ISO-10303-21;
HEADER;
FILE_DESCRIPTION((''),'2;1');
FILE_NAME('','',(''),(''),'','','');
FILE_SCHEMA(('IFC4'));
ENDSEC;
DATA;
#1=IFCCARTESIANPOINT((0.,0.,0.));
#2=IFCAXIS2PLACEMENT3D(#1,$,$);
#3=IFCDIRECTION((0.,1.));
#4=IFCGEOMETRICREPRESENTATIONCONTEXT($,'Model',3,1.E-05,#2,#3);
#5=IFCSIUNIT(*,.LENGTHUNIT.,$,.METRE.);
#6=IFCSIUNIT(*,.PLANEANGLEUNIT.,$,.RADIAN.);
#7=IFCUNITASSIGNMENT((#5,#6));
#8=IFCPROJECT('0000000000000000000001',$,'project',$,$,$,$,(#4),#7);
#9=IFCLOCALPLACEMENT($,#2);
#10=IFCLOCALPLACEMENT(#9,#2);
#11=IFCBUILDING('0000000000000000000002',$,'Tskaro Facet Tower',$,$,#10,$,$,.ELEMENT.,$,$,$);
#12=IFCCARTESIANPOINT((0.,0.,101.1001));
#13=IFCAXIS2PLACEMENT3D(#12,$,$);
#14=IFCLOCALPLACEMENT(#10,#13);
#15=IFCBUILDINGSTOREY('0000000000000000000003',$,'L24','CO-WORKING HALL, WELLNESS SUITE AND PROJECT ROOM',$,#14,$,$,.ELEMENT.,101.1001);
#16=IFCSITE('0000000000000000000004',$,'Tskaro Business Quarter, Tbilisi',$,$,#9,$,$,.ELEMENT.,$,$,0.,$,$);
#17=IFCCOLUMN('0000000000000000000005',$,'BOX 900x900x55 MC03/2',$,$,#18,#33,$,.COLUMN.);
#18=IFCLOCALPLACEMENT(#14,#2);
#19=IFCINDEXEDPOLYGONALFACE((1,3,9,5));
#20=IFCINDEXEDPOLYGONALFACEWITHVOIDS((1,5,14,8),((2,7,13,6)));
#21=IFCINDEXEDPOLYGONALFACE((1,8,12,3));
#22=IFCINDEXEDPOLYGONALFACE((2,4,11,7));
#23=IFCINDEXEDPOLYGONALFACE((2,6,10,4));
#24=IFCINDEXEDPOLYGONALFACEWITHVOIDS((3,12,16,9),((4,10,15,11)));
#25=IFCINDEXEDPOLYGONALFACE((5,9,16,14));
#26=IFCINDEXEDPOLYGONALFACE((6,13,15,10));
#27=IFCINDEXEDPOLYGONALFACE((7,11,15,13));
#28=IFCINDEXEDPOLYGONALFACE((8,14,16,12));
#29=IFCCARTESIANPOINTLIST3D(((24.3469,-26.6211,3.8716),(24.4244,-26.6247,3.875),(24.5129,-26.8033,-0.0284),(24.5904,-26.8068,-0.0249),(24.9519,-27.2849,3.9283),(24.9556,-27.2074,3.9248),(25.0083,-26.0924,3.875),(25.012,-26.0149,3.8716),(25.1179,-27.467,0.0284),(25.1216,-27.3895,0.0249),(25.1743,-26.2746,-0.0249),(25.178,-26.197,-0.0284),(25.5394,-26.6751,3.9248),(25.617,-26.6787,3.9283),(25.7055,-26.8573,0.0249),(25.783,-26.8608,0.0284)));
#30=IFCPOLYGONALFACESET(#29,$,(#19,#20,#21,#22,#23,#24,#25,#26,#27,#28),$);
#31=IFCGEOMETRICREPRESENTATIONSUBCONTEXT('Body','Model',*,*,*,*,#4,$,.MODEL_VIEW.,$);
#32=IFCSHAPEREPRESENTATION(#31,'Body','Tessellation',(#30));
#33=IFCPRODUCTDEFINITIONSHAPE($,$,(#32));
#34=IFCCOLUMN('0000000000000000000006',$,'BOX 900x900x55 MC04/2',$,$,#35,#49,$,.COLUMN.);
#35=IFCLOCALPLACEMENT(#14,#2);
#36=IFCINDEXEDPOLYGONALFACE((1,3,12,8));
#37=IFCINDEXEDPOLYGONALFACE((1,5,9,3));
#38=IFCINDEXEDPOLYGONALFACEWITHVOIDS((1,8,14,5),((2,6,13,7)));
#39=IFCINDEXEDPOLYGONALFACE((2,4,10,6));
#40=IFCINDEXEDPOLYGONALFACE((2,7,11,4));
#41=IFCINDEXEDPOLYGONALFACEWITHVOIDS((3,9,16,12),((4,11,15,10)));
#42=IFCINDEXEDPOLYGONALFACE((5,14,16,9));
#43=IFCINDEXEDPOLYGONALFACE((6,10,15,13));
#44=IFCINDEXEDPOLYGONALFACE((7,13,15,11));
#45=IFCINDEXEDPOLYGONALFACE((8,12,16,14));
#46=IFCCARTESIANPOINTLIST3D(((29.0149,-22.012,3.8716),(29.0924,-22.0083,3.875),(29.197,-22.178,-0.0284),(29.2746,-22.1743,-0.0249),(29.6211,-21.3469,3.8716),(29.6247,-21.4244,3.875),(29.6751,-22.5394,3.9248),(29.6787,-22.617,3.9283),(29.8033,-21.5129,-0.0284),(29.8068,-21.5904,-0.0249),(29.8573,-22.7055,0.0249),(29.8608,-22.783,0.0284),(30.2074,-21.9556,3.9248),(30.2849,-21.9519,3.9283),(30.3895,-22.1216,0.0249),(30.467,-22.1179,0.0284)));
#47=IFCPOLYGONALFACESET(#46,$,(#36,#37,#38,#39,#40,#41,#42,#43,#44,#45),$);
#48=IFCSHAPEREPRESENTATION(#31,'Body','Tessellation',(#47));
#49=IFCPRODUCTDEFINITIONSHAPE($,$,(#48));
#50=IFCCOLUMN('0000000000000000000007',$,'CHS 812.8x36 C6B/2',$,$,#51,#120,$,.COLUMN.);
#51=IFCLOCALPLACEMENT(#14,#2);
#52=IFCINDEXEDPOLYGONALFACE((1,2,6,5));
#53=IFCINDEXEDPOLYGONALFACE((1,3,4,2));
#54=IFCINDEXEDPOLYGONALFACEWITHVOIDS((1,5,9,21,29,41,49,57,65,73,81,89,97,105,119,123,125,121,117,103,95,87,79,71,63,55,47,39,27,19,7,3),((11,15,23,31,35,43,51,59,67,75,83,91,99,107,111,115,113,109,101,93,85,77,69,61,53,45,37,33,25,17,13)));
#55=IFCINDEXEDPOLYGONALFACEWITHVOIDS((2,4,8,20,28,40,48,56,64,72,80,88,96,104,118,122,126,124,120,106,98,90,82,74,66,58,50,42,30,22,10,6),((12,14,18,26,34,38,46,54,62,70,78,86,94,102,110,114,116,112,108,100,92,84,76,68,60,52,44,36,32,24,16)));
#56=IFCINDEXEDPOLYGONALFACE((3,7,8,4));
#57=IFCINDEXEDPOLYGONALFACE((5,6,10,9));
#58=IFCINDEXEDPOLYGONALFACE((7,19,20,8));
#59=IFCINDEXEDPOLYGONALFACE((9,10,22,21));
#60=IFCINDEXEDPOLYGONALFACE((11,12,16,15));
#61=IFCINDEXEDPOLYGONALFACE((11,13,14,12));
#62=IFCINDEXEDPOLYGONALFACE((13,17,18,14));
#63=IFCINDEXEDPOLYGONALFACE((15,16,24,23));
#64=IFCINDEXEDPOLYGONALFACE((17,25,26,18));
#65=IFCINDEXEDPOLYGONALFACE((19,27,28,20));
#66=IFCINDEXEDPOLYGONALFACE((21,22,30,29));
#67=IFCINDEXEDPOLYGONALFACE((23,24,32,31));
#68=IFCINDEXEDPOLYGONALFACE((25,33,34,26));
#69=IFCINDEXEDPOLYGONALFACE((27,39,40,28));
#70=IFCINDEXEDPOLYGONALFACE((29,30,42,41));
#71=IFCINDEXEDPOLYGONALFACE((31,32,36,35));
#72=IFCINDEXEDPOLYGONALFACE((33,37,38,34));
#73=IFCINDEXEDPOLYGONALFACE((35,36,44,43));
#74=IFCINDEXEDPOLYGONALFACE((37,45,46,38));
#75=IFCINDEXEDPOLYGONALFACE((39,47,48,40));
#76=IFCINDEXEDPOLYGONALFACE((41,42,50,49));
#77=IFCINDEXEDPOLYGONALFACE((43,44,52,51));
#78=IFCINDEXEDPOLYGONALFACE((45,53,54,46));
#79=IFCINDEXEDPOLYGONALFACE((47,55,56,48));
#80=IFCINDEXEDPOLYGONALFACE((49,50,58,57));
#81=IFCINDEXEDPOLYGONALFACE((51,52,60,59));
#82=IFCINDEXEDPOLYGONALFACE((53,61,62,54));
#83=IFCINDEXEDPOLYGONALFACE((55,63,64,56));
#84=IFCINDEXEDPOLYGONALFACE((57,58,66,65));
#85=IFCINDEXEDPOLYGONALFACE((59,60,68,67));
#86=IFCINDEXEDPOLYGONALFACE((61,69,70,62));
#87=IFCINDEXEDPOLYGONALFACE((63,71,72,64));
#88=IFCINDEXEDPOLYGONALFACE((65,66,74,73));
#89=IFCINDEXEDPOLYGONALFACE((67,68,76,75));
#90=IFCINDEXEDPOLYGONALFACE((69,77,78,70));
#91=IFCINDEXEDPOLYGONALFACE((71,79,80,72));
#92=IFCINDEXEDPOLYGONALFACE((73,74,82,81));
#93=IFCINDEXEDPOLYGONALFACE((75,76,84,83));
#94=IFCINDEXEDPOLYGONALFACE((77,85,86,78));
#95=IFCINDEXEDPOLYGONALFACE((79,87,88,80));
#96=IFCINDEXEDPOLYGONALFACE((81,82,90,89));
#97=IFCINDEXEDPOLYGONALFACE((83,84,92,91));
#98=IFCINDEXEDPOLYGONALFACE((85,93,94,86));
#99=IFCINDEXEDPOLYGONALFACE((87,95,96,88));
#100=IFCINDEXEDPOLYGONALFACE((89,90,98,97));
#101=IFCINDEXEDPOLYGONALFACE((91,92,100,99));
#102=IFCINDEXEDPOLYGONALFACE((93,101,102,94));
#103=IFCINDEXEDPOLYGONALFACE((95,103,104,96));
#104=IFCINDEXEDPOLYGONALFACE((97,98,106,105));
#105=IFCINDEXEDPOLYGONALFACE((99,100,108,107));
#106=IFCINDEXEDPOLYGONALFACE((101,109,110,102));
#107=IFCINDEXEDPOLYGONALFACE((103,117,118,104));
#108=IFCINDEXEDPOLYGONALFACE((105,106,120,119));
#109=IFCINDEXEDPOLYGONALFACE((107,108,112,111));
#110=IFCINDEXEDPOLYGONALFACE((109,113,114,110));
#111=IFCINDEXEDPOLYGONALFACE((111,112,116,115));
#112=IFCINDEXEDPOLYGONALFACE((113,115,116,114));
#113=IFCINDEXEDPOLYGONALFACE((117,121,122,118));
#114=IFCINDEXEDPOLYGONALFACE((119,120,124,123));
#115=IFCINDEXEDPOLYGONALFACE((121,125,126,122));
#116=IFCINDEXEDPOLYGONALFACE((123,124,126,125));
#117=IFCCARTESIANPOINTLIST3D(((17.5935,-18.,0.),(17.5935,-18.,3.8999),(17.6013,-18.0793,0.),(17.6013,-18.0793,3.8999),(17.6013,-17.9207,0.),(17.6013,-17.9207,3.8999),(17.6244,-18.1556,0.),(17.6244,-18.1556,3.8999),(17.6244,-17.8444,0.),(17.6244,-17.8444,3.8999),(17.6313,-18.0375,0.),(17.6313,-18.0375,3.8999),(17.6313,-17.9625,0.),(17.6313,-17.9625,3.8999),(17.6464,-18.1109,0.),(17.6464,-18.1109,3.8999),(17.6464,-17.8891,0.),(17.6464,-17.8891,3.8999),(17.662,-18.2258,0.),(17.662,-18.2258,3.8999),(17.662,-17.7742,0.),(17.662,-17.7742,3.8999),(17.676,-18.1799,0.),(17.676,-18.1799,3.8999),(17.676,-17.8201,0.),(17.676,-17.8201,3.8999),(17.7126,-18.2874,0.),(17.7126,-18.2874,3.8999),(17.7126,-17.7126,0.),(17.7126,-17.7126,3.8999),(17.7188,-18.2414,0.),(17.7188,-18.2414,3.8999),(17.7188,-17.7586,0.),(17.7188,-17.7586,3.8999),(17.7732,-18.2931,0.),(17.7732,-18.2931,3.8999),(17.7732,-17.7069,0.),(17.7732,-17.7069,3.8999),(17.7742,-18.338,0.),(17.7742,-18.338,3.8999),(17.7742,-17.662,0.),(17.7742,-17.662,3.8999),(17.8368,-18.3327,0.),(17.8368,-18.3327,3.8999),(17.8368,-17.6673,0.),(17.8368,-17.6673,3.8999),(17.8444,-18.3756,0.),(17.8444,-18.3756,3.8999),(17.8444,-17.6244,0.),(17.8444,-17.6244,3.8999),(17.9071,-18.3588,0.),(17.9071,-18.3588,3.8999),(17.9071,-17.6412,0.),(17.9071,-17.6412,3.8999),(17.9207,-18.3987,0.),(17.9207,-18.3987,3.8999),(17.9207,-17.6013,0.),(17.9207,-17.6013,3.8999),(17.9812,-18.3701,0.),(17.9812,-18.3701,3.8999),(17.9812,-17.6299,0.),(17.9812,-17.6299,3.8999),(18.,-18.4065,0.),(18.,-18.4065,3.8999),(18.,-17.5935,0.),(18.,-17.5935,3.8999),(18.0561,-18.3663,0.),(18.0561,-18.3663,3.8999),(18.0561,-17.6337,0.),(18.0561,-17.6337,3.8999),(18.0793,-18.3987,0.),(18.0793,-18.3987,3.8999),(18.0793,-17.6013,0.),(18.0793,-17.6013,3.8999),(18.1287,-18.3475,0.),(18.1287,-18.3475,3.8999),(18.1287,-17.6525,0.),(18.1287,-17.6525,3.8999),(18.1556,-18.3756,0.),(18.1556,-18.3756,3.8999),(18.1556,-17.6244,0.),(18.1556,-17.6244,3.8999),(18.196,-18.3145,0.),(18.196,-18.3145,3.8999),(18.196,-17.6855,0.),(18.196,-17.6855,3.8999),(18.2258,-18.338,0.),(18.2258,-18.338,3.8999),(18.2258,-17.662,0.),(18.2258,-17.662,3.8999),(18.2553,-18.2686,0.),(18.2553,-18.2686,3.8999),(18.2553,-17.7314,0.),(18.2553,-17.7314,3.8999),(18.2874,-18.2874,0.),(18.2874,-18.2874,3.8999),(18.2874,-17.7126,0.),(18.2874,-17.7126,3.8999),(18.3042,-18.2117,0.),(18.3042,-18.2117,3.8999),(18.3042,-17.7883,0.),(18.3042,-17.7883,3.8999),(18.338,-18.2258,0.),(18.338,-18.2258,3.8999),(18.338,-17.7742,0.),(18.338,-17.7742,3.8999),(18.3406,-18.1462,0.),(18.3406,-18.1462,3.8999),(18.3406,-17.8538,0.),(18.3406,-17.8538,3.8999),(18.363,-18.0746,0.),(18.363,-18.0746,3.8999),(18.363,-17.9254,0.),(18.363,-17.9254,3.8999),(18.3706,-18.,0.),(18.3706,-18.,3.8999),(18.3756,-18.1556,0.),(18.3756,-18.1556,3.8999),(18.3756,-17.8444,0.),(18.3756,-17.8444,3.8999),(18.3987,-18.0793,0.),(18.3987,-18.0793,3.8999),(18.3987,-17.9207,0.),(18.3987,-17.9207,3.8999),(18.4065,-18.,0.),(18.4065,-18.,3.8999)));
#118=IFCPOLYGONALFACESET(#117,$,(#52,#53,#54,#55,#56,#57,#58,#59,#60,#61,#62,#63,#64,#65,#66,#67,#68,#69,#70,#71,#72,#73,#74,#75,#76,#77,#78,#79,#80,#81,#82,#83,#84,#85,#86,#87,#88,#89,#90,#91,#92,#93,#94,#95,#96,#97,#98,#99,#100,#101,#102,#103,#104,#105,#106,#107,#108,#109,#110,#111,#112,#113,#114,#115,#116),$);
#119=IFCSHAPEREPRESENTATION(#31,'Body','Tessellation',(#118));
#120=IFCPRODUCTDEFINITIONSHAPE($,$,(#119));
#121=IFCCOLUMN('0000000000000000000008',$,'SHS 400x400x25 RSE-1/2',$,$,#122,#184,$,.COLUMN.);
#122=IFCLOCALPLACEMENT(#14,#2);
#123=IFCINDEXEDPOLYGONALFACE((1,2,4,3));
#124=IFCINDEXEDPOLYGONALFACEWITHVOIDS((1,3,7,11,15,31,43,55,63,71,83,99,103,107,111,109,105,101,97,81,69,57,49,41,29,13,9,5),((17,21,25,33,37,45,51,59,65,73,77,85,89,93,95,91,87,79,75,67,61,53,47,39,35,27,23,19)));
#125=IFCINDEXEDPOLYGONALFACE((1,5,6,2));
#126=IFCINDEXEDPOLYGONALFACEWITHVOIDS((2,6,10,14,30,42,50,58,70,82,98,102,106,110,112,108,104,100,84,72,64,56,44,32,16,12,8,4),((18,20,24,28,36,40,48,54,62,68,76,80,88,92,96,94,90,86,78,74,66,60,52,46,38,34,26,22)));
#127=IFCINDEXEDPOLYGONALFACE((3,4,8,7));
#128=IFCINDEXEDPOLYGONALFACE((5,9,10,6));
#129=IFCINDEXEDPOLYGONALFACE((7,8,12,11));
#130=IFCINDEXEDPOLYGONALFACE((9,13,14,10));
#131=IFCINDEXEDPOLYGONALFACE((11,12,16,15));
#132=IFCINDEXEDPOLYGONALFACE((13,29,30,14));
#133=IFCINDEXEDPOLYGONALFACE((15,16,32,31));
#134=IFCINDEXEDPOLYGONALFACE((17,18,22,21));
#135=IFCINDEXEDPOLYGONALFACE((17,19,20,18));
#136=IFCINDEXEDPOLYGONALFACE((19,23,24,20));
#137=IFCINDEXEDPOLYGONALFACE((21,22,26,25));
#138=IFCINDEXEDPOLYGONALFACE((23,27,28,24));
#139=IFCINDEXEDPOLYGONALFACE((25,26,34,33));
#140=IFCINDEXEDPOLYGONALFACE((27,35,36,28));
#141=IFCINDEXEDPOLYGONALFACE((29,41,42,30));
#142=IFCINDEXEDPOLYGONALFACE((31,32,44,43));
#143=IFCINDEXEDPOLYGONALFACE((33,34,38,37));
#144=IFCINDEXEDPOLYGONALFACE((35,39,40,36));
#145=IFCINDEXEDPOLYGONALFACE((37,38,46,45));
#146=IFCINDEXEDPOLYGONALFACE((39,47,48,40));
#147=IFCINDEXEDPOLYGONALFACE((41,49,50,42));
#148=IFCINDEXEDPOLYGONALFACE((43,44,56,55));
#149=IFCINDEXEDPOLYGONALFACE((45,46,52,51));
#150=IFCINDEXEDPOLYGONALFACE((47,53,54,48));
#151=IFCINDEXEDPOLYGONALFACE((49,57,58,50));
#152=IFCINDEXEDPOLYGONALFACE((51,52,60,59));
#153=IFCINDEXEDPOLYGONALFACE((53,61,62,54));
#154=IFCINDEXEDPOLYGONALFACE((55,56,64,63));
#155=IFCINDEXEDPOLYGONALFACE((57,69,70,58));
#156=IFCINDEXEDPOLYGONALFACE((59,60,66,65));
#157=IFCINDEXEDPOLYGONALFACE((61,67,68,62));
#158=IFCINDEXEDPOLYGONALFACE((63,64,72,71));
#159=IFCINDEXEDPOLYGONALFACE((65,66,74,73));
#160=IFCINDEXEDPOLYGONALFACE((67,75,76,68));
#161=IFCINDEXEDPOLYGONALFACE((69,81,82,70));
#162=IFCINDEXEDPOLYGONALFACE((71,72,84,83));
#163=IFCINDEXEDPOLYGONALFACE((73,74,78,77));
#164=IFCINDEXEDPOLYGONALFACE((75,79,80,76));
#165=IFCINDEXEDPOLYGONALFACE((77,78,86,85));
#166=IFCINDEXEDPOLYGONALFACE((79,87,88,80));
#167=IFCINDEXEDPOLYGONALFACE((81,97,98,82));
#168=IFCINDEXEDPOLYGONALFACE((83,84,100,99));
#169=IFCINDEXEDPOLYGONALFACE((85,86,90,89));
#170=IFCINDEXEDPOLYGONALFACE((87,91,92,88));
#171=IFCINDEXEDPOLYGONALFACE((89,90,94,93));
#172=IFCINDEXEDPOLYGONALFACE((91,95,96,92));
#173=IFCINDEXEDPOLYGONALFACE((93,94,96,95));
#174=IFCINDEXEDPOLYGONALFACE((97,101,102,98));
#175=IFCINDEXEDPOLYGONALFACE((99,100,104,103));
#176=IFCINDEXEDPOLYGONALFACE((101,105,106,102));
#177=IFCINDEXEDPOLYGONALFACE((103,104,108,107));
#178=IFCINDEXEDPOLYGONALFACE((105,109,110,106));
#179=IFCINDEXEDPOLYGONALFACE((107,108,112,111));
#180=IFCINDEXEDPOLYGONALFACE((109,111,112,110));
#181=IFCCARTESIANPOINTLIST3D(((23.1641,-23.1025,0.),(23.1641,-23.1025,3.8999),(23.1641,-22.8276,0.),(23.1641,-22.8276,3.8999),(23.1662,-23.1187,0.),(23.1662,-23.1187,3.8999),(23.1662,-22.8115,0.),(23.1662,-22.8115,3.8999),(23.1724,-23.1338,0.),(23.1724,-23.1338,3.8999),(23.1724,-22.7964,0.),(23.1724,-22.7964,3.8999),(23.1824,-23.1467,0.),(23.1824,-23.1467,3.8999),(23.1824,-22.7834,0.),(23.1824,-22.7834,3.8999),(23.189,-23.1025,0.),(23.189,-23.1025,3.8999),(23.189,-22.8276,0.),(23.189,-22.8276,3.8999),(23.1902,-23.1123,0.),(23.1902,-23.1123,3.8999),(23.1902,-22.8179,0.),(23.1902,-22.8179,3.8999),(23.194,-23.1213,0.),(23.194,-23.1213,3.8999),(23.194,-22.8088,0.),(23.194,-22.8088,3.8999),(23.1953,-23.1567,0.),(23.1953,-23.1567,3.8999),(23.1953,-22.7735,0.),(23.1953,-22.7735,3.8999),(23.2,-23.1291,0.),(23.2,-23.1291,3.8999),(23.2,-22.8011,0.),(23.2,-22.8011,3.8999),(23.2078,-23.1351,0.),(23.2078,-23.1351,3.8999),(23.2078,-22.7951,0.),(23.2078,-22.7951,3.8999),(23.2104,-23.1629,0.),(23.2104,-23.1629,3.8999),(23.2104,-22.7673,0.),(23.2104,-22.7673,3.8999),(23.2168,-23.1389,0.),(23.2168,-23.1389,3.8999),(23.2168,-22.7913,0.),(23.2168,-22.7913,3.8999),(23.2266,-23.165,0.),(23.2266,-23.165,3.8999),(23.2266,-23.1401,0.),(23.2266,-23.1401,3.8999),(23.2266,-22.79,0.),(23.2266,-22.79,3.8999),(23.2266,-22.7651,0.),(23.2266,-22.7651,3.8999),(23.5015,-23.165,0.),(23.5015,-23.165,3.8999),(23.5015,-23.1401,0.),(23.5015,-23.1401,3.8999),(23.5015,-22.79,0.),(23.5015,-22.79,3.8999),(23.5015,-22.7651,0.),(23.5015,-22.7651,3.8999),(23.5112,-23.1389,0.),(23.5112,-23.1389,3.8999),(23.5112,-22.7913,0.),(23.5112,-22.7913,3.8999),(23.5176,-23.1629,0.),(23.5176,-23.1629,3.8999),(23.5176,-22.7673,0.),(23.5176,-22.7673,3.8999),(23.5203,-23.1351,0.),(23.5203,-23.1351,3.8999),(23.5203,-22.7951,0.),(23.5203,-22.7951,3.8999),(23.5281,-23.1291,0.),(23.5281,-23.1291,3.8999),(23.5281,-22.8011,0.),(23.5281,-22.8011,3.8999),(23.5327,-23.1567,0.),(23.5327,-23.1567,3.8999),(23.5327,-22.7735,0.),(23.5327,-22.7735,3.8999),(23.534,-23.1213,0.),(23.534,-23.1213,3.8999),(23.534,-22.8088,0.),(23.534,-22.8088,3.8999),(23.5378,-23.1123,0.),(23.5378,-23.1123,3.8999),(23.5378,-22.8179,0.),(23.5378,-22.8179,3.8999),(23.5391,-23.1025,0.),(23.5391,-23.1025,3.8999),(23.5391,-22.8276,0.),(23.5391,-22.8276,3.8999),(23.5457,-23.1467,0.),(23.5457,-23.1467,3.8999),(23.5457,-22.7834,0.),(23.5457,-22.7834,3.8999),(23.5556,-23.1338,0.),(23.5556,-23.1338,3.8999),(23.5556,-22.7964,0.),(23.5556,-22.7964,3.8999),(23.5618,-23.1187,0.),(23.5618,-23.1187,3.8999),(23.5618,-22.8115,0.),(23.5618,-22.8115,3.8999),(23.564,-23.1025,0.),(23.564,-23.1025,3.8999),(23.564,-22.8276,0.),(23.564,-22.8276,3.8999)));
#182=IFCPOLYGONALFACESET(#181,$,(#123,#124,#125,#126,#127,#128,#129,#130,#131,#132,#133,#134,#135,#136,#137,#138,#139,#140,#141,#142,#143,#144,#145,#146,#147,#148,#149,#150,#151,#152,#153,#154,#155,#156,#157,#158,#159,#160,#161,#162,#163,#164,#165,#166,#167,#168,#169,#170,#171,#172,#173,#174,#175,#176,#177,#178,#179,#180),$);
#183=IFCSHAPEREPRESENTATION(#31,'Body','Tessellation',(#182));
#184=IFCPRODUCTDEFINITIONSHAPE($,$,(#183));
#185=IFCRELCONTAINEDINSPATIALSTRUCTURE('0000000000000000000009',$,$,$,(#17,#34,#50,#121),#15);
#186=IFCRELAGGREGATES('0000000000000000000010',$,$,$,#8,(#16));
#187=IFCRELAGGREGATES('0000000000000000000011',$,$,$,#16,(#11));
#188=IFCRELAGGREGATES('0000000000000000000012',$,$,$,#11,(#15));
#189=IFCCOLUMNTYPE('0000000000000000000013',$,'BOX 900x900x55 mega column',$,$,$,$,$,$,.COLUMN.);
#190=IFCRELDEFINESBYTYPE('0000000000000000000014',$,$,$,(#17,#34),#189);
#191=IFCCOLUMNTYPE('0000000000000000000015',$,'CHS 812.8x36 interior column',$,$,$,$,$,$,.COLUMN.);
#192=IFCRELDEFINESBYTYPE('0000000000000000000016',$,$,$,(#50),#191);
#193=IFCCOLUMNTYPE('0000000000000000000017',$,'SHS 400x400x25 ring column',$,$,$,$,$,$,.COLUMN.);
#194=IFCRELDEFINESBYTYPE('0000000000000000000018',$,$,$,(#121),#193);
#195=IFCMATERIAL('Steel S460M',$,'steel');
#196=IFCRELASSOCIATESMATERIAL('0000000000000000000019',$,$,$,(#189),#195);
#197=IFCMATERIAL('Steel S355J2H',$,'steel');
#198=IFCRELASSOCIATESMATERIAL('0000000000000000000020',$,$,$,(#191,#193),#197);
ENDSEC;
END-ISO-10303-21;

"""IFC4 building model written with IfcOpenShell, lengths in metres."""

from ifc_helpers import new_model, si_unit, direction, frame, origin, origin_2d, place, context, subcontext, project, spatial, hollow_rectangle, hollow_circle, extrude, material, material_profile, profile_set, type_object, element, save


model = new_model("IFC4")

# Units and contexts
model_context = context("Model", 3, precision=1e-05, world=origin(), true_north=direction((0.0, 1.0)))
body_context = subcontext(model_context, "Body", "Model", "MODEL_VIEW")
ifc_project = project(units=[si_unit("LENGTHUNIT", "METRE"), si_unit("PLANEANGLEUNIT", "RADIAN")], contexts=[model_context])

# Site, building, storey
site_placement = place(None, origin())
site = spatial("IfcSite", under=ifc_project, at=site_placement, Name="Tskaro Business Quarter, Tbilisi", CompositionType="ELEMENT", RefElevation=0.0)
building_placement = place(site_placement, origin())
building = spatial("IfcBuilding", under=site, at=building_placement, Name="Tskaro Facet Tower", CompositionType="ELEMENT")
storey_placement = place(building_placement, frame((0.0, 0.0, 101.1001)))
storey = spatial("IfcBuildingStorey", under=building, at=storey_placement, Name="L24", Description="CO-WORKING HALL, WELLNESS SUITE AND PROJECT ROOM", CompositionType="ELEMENT", Elevation=101.1001)

# Columns
ifc_material_1 = material(Name="Steel S460M", Category="steel")
ifc_material_profile_1 = material_profile(ifc_material_1, hollow_rectangle(XDim=0.8999, YDim=0.8999, WallThickness=0.0549, at=origin_2d()), Name="BOX 900x900x55")
ifc_profile_set_1 = profile_set([ifc_material_profile_1], Name="Steel S460M")
column_type_1 = type_object("IfcColumnType", Name="BOX 900x900x55 mega column", PredefinedType="COLUMN", material=ifc_profile_set_1)
for number, where, z_axis, x_axis, name in (
    (1, (25.1479, -26.832, 0.0), (-0.042484, 0.046608, 0.998009), (-0.739043, -0.673658, 0.0), "BOX 900x900x55 MC03/2"),
    (2, (29.832, -22.1479, 0.0), (-0.046608, 0.042484, 0.998009), (-0.673658, -0.739043, 0.0), "BOX 900x900x55 MC04/2"),
):
    element("IfcColumn", number, at=place(storey_placement, frame(where, z_axis=z_axis, x_axis=x_axis)), inside=storey, type_object=column_type_1, Name=name, PredefinedType="COLUMN", context=body_context, shape_type="SweptSolid", body=[
        extrude(hollow_rectangle(XDim=0.8999, YDim=0.8999, WallThickness=0.0549, at=origin_2d()), origin(), (0.0, 0.0, 1.0), 3.9077),
    ])
ifc_material_2 = material(Name="Steel S355J2H", Category="steel")
ifc_material_profile_2 = material_profile(ifc_material_2, hollow_circle(Radius=0.4065, WallThickness=0.0359, at=origin_2d()), Name="CHS 812.8x36")
ifc_profile_set_2 = profile_set([ifc_material_profile_2], Name="Steel S355J2H")
column_type_2 = type_object("IfcColumnType", Name="CHS 812.8x36 interior column", PredefinedType="COLUMN", material=ifc_profile_set_2)
column_placement = place(storey_placement, frame((18.0, -18.0, 0.0), z_axis=(0.0, 0.0, 1.0), x_axis=(1.0, 0.0, 0.0)))
element("IfcColumn", 3, at=column_placement, inside=storey, type_object=column_type_2, Name="CHS 812.8x36 C6B/2", PredefinedType="COLUMN", context=body_context, shape_type="SweptSolid", body=[
    extrude(hollow_circle(Radius=0.4065, WallThickness=0.0359, at=origin_2d()), origin(), (0.0, 0.0, 1.0), 3.8999),
])
ifc_material_profile_3 = material_profile(ifc_material_2, hollow_rectangle(XDim=0.3999, YDim=0.3999, WallThickness=0.0249, InnerFilletRadius=0.0376, OuterFilletRadius=0.0625, at=origin_2d()), Name="SHS 400x400x25")
ifc_profile_set_3 = profile_set([ifc_material_profile_3], Name="Steel S355J2H")
column_type_3 = type_object("IfcColumnType", Name="SHS 400x400x25 ring column", PredefinedType="COLUMN", material=ifc_profile_set_3)
for number, where, z_axis, x_axis, name in (
    (4, (23.364, -22.9651, 0.0), (0.0, 0.0, 1.0), (1.0, 0.0, 0.0), "SHS 400x400x25 RSE-1/2"),
):
    element("IfcColumn", number, at=place(storey_placement, frame(where, z_axis=z_axis, x_axis=x_axis)), inside=storey, type_object=column_type_3, Name=name, PredefinedType="COLUMN", context=body_context, shape_type="SweptSolid", body=[
        extrude(hollow_rectangle(XDim=0.3999, YDim=0.3999, WallThickness=0.0249, InnerFilletRadius=0.0376, OuterFilletRadius=0.0625, at=origin_2d()), origin(), (0.0, 0.0, 1.0), 3.8999),
    ])

save(model, "model.ifc")
